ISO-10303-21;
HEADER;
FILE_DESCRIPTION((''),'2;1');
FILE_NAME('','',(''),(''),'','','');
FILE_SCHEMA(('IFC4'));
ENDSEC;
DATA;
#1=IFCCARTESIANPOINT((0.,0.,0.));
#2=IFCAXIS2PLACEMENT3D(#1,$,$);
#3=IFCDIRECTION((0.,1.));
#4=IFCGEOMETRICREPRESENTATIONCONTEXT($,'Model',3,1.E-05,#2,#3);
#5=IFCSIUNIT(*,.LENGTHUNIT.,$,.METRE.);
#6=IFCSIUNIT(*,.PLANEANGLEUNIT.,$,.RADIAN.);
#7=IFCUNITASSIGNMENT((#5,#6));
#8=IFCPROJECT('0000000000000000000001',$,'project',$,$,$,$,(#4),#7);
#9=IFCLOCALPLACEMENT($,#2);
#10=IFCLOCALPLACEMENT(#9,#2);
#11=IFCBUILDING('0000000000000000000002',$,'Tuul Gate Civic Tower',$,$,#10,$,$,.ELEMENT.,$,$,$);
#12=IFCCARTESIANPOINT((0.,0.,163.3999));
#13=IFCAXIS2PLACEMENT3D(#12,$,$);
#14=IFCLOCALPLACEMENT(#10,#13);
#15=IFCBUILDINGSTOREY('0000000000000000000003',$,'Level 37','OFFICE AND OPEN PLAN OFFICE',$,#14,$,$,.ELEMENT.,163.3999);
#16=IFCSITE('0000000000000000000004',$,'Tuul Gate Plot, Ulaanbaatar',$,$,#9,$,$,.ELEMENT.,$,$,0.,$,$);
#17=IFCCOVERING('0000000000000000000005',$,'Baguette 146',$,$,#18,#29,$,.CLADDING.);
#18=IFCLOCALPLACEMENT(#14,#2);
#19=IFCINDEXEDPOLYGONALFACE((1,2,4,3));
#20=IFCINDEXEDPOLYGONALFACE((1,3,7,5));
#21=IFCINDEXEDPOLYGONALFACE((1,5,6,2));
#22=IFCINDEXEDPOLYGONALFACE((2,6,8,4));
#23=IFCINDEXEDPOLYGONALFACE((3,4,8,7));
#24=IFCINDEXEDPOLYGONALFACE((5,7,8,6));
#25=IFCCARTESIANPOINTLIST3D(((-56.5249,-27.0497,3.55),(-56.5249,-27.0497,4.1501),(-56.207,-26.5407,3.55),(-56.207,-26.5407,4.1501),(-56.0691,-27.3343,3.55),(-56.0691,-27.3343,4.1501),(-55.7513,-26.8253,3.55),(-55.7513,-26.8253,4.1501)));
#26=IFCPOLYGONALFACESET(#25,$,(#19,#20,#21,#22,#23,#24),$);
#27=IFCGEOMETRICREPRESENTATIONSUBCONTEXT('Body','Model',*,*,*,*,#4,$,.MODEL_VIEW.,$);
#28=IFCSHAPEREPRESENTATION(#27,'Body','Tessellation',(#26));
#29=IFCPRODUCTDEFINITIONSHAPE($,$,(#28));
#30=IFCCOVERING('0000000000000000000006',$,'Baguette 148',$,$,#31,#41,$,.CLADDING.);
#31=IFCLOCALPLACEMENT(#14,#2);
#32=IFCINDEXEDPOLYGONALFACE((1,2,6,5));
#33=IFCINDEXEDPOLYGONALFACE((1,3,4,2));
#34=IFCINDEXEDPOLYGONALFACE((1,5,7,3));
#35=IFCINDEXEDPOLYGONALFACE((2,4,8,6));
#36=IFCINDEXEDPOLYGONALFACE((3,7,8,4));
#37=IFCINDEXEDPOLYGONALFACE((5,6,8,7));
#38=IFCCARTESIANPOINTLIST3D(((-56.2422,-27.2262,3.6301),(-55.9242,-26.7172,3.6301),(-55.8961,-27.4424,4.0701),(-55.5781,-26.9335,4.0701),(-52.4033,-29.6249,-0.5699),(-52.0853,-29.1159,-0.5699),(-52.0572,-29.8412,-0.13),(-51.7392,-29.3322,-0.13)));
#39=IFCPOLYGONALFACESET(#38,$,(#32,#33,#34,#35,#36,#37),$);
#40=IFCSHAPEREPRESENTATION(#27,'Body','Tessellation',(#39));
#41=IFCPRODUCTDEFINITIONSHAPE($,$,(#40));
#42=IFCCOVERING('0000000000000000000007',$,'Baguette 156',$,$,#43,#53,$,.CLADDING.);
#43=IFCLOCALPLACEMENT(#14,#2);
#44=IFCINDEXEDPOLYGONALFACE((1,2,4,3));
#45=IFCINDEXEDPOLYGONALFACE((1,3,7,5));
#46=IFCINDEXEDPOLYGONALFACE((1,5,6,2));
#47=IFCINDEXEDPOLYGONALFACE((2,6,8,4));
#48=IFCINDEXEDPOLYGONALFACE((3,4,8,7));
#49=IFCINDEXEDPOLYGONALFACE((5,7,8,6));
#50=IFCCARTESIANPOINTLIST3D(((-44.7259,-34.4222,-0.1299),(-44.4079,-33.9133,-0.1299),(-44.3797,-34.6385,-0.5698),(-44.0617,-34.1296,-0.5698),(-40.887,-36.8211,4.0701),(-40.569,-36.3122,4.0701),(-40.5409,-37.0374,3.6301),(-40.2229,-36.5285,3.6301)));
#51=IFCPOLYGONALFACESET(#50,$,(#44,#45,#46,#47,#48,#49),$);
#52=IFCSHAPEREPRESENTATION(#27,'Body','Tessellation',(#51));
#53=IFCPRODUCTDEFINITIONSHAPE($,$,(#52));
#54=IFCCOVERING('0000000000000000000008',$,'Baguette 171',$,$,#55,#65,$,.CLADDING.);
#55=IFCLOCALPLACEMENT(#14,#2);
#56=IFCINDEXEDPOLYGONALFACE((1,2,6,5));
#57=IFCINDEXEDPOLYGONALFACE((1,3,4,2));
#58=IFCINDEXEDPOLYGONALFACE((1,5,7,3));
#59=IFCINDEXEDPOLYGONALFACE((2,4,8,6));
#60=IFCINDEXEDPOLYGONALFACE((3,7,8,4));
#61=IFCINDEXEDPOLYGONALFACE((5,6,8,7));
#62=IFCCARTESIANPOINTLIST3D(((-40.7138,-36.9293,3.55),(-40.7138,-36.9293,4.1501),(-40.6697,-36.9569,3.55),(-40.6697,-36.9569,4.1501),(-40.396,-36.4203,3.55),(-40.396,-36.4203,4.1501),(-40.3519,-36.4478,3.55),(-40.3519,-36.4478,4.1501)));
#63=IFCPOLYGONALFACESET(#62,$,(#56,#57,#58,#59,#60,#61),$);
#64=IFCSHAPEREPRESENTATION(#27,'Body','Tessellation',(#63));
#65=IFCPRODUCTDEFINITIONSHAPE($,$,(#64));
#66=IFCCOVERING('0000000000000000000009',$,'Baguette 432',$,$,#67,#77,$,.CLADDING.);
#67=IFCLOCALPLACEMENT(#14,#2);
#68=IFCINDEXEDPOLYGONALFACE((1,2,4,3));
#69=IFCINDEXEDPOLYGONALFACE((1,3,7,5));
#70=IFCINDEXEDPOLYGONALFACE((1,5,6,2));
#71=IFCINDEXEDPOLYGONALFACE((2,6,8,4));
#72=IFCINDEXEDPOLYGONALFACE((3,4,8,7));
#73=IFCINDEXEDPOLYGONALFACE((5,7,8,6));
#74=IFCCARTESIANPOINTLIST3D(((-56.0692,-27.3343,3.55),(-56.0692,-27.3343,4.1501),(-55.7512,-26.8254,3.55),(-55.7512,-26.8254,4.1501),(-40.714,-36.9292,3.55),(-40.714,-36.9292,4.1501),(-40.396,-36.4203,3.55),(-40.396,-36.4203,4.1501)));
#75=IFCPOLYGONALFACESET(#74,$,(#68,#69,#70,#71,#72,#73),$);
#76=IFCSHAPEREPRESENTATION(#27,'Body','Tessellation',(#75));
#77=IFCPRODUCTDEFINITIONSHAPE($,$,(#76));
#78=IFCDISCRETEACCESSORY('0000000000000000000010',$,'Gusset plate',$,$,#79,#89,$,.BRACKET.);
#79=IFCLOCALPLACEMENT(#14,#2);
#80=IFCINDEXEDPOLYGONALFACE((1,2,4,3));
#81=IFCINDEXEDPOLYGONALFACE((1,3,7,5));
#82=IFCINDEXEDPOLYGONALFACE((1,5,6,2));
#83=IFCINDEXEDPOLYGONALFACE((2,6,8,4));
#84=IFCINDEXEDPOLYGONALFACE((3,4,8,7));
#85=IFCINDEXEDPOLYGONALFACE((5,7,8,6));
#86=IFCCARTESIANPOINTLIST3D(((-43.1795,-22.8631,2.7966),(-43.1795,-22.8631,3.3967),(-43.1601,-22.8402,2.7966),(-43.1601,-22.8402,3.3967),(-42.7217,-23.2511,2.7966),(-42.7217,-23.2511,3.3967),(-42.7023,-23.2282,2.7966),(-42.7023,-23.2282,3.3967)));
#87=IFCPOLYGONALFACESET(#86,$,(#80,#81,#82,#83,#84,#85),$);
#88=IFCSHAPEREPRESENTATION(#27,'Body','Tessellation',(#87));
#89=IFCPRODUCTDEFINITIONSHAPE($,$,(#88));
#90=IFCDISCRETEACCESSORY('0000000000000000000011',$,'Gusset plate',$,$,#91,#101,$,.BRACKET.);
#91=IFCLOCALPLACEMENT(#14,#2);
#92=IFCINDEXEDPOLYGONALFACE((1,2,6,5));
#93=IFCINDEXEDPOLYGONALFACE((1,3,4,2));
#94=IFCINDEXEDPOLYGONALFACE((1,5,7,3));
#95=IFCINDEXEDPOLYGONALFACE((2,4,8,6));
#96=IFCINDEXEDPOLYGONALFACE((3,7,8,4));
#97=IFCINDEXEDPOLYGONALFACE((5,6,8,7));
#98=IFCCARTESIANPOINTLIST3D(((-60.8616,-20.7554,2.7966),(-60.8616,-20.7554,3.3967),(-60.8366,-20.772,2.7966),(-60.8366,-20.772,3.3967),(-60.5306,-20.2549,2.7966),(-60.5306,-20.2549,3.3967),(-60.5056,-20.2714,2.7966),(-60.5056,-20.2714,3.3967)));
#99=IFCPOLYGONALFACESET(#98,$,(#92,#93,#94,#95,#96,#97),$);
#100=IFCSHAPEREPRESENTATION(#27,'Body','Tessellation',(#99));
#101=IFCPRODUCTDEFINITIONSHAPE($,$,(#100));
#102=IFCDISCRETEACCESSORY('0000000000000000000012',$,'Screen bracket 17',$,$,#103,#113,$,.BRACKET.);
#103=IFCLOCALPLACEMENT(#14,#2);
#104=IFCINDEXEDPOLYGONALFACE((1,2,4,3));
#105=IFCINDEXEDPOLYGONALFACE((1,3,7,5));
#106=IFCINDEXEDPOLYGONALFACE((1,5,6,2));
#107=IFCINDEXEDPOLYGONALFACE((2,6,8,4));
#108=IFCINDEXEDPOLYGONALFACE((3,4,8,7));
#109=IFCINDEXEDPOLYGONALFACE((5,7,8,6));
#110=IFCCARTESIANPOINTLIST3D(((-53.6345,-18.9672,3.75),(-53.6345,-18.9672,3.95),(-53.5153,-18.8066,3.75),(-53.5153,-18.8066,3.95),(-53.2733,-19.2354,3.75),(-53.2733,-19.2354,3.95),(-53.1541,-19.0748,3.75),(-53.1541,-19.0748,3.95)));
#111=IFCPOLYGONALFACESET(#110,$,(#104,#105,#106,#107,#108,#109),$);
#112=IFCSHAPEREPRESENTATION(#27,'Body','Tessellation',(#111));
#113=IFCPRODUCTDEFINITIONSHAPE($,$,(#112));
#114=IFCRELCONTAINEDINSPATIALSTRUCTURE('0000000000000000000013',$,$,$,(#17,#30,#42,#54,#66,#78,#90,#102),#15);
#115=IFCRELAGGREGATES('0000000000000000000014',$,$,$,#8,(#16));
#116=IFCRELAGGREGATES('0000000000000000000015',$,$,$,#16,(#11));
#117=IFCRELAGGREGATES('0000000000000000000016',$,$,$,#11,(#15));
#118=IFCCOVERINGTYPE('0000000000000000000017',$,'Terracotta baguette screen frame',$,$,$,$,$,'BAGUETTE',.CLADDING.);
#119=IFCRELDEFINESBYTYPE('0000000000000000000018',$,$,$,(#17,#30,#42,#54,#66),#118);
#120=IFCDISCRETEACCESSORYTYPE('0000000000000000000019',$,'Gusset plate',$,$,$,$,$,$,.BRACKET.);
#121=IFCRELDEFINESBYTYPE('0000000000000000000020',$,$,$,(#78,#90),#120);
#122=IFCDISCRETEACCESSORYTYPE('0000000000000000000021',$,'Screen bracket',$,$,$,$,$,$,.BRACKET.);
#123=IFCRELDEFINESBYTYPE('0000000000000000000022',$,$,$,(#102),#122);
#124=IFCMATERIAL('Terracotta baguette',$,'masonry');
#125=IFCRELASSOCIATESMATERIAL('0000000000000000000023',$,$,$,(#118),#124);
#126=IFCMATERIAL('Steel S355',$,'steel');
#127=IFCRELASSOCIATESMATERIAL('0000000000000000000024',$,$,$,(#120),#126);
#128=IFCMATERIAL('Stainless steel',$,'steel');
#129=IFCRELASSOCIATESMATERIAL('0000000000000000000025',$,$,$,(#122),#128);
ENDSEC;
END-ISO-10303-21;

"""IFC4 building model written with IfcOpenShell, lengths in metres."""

from ifc_helpers import new_model, si_unit, direction, frame, origin, origin_2d, place, context, subcontext, project, spatial, rectangle, extrude, material, material_profile, profile_set, type_object, element, save


model = new_model("IFC4")

# Units and contexts
model_context = context("Model", 3, precision=1e-05, world=origin(), true_north=direction((0.0, 1.0)))
body_context = subcontext(model_context, "Body", "Model", "MODEL_VIEW")
ifc_project = project(units=[si_unit("LENGTHUNIT", "METRE"), si_unit("PLANEANGLEUNIT", "RADIAN")], contexts=[model_context])

# Site, building, storey
site_placement = place(None, origin())
site = spatial("IfcSite", under=ifc_project, at=site_placement, Name="Tuul Gate Plot, Ulaanbaatar", CompositionType="ELEMENT", RefElevation=0.0)
building_placement = place(site_placement, origin())
building = spatial("IfcBuilding", under=site, at=building_placement, Name="Tuul Gate Civic Tower", CompositionType="ELEMENT")
storey_placement = place(building_placement, frame((0.0, 0.0, 163.3999)))
storey = spatial("IfcBuildingStorey", under=building, at=storey_placement, Name="Level 37", Description="OFFICE AND OPEN PLAN OFFICE", CompositionType="ELEMENT", Elevation=163.3999)

# Coverings
ifc_material_1 = material(Name="Terracotta baguette", Category="masonry")
ifc_material_profile_1 = material_profile(ifc_material_1, rectangle(XDim=0.6001, YDim=0.6001, at=origin_2d()), Name="Terracotta baguette screen frame")
ifc_profile_set_1 = profile_set([ifc_material_profile_1], Name="Terracotta baguette")
covering_type = type_object("IfcCoveringType", Name="Terracotta baguette screen frame", ElementType="BAGUETTE", PredefinedType="CLADDING", material=ifc_profile_set_1)
covering_1_placement = place(storey_placement, frame((-56.366, -26.7952, 3.8501), z_axis=(0.848177, -0.529713, 0.0), x_axis=(0.529713, 0.848177, 0.0)))
element("IfcCovering", 1, at=covering_1_placement, inside=storey, type_object=covering_type, Name="Baguette 146", PredefinedType="CLADDING", context=body_context, shape_type="SweptSolid", body=[
    extrude(rectangle(XDim=0.6001, YDim=0.6001, at=origin_2d()), origin(), (0.0, 0.0, 1.0), 0.5374),
])
for number, where, z_axis, x_axis, name in (
    (2, (-55.9102, -27.0798, 3.8501), (0.621683, -0.388453, -0.680158), (0.529902, 0.848059, 0.0), "Baguette 148"),
    (3, (-44.3938, -34.2759, -0.3499), (0.621673, -0.388486, 0.680148), (0.529941, 0.848035, 0.0), "Baguette 156"),
):
    element("IfcCovering", number, at=place(storey_placement, frame(where, z_axis=z_axis, x_axis=x_axis)), inside=storey, type_object=covering_type, Name=name, PredefinedType="CLADDING", context=body_context, shape_type="SweptSolid", body=[
        extrude(rectangle(XDim=0.6001, YDim=0.6001, at=origin_2d()), origin(), (0.0, 0.0, 1.0), 6.175),
    ])
covering_2_placement = place(storey_placement, frame((-40.5549, -36.6748, 3.8501), z_axis=(0.848261, -0.529578, 0.0), x_axis=(0.529578, 0.848261, 0.0)))
element("IfcCovering", 4, at=covering_2_placement, inside=storey, type_object=covering_type, Name="Baguette 171", PredefinedType="CLADDING", context=body_context, shape_type="SweptSolid", body=[
    extrude(rectangle(XDim=0.6001, YDim=0.6001, at=origin_2d()), origin(), (0.0, 0.0, 1.0), 0.052),
])
covering_3_placement = place(storey_placement, frame((-55.9102, -27.0798, 3.8501), z_axis=(0.848049, -0.529918, 0.0), x_axis=(0.529918, 0.848049, 0.0)))
element("IfcCovering", 5, at=covering_3_placement, inside=storey, type_object=covering_type, Name="Baguette 432", PredefinedType="CLADDING", context=body_context, shape_type="SweptSolid", body=[
    extrude(rectangle(XDim=0.6001, YDim=0.6001, at=origin_2d()), origin(), (0.0, 0.0, 1.0), 18.1064),
])

# Discrete accessories
ifc_material_2 = material(Name="Steel S355", Category="steel")
discrete_accessory_type_1 = type_object("IfcDiscreteAccessoryType", Name="Gusset plate", PredefinedType="BRACKET", material=ifc_material_2)
for number, where, z_axis, x_axis, name in (
    (6, (-42.9409, -23.0457, 2.7966), (0.0, 0.0, 1.0), (-0.762825, 0.646605, 0.0), "Gusset plate"),
    (7, (-60.6836, -20.5134, 2.7966), (0.0, 0.0, 1.0), (0.551598, 0.83411, 0.0), "Gusset plate"),
):
    element("IfcDiscreteAccessory", number, at=place(storey_placement, frame(where, z_axis=z_axis, x_axis=x_axis)), inside=storey, type_object=discrete_accessory_type_1, Name=name, PredefinedType="BRACKET", context=body_context, shape_type="SweptSolid", body=[
        extrude(rectangle(XDim=0.6001, YDim=0.03, at=origin_2d()), origin(), (0.0, 0.0, 1.0), 0.6001),
    ])
ifc_material_3 = material(Name="Stainless steel", Category="steel")
discrete_accessory_type_2 = type_object("IfcDiscreteAccessoryType", Name="Screen bracket", PredefinedType="BRACKET", material=ifc_material_3)
discrete_accessory_placement = place(storey_placement, frame((-53.3943, -19.021, 3.75), z_axis=(0.0, 0.0, 1.0), x_axis=(-0.802898, 0.596117, 0.0)))
element("IfcDiscreteAccessory", 8, at=discrete_accessory_placement, inside=storey, type_object=discrete_accessory_type_2, Name="Screen bracket 17", PredefinedType="BRACKET", context=body_context, shape_type="SweptSolid", body=[
    extrude(rectangle(XDim=0.45, YDim=0.2, at=origin_2d()), origin(), (0.0, 0.0, 1.0), 0.2),
])

save(model, "model.ifc")
